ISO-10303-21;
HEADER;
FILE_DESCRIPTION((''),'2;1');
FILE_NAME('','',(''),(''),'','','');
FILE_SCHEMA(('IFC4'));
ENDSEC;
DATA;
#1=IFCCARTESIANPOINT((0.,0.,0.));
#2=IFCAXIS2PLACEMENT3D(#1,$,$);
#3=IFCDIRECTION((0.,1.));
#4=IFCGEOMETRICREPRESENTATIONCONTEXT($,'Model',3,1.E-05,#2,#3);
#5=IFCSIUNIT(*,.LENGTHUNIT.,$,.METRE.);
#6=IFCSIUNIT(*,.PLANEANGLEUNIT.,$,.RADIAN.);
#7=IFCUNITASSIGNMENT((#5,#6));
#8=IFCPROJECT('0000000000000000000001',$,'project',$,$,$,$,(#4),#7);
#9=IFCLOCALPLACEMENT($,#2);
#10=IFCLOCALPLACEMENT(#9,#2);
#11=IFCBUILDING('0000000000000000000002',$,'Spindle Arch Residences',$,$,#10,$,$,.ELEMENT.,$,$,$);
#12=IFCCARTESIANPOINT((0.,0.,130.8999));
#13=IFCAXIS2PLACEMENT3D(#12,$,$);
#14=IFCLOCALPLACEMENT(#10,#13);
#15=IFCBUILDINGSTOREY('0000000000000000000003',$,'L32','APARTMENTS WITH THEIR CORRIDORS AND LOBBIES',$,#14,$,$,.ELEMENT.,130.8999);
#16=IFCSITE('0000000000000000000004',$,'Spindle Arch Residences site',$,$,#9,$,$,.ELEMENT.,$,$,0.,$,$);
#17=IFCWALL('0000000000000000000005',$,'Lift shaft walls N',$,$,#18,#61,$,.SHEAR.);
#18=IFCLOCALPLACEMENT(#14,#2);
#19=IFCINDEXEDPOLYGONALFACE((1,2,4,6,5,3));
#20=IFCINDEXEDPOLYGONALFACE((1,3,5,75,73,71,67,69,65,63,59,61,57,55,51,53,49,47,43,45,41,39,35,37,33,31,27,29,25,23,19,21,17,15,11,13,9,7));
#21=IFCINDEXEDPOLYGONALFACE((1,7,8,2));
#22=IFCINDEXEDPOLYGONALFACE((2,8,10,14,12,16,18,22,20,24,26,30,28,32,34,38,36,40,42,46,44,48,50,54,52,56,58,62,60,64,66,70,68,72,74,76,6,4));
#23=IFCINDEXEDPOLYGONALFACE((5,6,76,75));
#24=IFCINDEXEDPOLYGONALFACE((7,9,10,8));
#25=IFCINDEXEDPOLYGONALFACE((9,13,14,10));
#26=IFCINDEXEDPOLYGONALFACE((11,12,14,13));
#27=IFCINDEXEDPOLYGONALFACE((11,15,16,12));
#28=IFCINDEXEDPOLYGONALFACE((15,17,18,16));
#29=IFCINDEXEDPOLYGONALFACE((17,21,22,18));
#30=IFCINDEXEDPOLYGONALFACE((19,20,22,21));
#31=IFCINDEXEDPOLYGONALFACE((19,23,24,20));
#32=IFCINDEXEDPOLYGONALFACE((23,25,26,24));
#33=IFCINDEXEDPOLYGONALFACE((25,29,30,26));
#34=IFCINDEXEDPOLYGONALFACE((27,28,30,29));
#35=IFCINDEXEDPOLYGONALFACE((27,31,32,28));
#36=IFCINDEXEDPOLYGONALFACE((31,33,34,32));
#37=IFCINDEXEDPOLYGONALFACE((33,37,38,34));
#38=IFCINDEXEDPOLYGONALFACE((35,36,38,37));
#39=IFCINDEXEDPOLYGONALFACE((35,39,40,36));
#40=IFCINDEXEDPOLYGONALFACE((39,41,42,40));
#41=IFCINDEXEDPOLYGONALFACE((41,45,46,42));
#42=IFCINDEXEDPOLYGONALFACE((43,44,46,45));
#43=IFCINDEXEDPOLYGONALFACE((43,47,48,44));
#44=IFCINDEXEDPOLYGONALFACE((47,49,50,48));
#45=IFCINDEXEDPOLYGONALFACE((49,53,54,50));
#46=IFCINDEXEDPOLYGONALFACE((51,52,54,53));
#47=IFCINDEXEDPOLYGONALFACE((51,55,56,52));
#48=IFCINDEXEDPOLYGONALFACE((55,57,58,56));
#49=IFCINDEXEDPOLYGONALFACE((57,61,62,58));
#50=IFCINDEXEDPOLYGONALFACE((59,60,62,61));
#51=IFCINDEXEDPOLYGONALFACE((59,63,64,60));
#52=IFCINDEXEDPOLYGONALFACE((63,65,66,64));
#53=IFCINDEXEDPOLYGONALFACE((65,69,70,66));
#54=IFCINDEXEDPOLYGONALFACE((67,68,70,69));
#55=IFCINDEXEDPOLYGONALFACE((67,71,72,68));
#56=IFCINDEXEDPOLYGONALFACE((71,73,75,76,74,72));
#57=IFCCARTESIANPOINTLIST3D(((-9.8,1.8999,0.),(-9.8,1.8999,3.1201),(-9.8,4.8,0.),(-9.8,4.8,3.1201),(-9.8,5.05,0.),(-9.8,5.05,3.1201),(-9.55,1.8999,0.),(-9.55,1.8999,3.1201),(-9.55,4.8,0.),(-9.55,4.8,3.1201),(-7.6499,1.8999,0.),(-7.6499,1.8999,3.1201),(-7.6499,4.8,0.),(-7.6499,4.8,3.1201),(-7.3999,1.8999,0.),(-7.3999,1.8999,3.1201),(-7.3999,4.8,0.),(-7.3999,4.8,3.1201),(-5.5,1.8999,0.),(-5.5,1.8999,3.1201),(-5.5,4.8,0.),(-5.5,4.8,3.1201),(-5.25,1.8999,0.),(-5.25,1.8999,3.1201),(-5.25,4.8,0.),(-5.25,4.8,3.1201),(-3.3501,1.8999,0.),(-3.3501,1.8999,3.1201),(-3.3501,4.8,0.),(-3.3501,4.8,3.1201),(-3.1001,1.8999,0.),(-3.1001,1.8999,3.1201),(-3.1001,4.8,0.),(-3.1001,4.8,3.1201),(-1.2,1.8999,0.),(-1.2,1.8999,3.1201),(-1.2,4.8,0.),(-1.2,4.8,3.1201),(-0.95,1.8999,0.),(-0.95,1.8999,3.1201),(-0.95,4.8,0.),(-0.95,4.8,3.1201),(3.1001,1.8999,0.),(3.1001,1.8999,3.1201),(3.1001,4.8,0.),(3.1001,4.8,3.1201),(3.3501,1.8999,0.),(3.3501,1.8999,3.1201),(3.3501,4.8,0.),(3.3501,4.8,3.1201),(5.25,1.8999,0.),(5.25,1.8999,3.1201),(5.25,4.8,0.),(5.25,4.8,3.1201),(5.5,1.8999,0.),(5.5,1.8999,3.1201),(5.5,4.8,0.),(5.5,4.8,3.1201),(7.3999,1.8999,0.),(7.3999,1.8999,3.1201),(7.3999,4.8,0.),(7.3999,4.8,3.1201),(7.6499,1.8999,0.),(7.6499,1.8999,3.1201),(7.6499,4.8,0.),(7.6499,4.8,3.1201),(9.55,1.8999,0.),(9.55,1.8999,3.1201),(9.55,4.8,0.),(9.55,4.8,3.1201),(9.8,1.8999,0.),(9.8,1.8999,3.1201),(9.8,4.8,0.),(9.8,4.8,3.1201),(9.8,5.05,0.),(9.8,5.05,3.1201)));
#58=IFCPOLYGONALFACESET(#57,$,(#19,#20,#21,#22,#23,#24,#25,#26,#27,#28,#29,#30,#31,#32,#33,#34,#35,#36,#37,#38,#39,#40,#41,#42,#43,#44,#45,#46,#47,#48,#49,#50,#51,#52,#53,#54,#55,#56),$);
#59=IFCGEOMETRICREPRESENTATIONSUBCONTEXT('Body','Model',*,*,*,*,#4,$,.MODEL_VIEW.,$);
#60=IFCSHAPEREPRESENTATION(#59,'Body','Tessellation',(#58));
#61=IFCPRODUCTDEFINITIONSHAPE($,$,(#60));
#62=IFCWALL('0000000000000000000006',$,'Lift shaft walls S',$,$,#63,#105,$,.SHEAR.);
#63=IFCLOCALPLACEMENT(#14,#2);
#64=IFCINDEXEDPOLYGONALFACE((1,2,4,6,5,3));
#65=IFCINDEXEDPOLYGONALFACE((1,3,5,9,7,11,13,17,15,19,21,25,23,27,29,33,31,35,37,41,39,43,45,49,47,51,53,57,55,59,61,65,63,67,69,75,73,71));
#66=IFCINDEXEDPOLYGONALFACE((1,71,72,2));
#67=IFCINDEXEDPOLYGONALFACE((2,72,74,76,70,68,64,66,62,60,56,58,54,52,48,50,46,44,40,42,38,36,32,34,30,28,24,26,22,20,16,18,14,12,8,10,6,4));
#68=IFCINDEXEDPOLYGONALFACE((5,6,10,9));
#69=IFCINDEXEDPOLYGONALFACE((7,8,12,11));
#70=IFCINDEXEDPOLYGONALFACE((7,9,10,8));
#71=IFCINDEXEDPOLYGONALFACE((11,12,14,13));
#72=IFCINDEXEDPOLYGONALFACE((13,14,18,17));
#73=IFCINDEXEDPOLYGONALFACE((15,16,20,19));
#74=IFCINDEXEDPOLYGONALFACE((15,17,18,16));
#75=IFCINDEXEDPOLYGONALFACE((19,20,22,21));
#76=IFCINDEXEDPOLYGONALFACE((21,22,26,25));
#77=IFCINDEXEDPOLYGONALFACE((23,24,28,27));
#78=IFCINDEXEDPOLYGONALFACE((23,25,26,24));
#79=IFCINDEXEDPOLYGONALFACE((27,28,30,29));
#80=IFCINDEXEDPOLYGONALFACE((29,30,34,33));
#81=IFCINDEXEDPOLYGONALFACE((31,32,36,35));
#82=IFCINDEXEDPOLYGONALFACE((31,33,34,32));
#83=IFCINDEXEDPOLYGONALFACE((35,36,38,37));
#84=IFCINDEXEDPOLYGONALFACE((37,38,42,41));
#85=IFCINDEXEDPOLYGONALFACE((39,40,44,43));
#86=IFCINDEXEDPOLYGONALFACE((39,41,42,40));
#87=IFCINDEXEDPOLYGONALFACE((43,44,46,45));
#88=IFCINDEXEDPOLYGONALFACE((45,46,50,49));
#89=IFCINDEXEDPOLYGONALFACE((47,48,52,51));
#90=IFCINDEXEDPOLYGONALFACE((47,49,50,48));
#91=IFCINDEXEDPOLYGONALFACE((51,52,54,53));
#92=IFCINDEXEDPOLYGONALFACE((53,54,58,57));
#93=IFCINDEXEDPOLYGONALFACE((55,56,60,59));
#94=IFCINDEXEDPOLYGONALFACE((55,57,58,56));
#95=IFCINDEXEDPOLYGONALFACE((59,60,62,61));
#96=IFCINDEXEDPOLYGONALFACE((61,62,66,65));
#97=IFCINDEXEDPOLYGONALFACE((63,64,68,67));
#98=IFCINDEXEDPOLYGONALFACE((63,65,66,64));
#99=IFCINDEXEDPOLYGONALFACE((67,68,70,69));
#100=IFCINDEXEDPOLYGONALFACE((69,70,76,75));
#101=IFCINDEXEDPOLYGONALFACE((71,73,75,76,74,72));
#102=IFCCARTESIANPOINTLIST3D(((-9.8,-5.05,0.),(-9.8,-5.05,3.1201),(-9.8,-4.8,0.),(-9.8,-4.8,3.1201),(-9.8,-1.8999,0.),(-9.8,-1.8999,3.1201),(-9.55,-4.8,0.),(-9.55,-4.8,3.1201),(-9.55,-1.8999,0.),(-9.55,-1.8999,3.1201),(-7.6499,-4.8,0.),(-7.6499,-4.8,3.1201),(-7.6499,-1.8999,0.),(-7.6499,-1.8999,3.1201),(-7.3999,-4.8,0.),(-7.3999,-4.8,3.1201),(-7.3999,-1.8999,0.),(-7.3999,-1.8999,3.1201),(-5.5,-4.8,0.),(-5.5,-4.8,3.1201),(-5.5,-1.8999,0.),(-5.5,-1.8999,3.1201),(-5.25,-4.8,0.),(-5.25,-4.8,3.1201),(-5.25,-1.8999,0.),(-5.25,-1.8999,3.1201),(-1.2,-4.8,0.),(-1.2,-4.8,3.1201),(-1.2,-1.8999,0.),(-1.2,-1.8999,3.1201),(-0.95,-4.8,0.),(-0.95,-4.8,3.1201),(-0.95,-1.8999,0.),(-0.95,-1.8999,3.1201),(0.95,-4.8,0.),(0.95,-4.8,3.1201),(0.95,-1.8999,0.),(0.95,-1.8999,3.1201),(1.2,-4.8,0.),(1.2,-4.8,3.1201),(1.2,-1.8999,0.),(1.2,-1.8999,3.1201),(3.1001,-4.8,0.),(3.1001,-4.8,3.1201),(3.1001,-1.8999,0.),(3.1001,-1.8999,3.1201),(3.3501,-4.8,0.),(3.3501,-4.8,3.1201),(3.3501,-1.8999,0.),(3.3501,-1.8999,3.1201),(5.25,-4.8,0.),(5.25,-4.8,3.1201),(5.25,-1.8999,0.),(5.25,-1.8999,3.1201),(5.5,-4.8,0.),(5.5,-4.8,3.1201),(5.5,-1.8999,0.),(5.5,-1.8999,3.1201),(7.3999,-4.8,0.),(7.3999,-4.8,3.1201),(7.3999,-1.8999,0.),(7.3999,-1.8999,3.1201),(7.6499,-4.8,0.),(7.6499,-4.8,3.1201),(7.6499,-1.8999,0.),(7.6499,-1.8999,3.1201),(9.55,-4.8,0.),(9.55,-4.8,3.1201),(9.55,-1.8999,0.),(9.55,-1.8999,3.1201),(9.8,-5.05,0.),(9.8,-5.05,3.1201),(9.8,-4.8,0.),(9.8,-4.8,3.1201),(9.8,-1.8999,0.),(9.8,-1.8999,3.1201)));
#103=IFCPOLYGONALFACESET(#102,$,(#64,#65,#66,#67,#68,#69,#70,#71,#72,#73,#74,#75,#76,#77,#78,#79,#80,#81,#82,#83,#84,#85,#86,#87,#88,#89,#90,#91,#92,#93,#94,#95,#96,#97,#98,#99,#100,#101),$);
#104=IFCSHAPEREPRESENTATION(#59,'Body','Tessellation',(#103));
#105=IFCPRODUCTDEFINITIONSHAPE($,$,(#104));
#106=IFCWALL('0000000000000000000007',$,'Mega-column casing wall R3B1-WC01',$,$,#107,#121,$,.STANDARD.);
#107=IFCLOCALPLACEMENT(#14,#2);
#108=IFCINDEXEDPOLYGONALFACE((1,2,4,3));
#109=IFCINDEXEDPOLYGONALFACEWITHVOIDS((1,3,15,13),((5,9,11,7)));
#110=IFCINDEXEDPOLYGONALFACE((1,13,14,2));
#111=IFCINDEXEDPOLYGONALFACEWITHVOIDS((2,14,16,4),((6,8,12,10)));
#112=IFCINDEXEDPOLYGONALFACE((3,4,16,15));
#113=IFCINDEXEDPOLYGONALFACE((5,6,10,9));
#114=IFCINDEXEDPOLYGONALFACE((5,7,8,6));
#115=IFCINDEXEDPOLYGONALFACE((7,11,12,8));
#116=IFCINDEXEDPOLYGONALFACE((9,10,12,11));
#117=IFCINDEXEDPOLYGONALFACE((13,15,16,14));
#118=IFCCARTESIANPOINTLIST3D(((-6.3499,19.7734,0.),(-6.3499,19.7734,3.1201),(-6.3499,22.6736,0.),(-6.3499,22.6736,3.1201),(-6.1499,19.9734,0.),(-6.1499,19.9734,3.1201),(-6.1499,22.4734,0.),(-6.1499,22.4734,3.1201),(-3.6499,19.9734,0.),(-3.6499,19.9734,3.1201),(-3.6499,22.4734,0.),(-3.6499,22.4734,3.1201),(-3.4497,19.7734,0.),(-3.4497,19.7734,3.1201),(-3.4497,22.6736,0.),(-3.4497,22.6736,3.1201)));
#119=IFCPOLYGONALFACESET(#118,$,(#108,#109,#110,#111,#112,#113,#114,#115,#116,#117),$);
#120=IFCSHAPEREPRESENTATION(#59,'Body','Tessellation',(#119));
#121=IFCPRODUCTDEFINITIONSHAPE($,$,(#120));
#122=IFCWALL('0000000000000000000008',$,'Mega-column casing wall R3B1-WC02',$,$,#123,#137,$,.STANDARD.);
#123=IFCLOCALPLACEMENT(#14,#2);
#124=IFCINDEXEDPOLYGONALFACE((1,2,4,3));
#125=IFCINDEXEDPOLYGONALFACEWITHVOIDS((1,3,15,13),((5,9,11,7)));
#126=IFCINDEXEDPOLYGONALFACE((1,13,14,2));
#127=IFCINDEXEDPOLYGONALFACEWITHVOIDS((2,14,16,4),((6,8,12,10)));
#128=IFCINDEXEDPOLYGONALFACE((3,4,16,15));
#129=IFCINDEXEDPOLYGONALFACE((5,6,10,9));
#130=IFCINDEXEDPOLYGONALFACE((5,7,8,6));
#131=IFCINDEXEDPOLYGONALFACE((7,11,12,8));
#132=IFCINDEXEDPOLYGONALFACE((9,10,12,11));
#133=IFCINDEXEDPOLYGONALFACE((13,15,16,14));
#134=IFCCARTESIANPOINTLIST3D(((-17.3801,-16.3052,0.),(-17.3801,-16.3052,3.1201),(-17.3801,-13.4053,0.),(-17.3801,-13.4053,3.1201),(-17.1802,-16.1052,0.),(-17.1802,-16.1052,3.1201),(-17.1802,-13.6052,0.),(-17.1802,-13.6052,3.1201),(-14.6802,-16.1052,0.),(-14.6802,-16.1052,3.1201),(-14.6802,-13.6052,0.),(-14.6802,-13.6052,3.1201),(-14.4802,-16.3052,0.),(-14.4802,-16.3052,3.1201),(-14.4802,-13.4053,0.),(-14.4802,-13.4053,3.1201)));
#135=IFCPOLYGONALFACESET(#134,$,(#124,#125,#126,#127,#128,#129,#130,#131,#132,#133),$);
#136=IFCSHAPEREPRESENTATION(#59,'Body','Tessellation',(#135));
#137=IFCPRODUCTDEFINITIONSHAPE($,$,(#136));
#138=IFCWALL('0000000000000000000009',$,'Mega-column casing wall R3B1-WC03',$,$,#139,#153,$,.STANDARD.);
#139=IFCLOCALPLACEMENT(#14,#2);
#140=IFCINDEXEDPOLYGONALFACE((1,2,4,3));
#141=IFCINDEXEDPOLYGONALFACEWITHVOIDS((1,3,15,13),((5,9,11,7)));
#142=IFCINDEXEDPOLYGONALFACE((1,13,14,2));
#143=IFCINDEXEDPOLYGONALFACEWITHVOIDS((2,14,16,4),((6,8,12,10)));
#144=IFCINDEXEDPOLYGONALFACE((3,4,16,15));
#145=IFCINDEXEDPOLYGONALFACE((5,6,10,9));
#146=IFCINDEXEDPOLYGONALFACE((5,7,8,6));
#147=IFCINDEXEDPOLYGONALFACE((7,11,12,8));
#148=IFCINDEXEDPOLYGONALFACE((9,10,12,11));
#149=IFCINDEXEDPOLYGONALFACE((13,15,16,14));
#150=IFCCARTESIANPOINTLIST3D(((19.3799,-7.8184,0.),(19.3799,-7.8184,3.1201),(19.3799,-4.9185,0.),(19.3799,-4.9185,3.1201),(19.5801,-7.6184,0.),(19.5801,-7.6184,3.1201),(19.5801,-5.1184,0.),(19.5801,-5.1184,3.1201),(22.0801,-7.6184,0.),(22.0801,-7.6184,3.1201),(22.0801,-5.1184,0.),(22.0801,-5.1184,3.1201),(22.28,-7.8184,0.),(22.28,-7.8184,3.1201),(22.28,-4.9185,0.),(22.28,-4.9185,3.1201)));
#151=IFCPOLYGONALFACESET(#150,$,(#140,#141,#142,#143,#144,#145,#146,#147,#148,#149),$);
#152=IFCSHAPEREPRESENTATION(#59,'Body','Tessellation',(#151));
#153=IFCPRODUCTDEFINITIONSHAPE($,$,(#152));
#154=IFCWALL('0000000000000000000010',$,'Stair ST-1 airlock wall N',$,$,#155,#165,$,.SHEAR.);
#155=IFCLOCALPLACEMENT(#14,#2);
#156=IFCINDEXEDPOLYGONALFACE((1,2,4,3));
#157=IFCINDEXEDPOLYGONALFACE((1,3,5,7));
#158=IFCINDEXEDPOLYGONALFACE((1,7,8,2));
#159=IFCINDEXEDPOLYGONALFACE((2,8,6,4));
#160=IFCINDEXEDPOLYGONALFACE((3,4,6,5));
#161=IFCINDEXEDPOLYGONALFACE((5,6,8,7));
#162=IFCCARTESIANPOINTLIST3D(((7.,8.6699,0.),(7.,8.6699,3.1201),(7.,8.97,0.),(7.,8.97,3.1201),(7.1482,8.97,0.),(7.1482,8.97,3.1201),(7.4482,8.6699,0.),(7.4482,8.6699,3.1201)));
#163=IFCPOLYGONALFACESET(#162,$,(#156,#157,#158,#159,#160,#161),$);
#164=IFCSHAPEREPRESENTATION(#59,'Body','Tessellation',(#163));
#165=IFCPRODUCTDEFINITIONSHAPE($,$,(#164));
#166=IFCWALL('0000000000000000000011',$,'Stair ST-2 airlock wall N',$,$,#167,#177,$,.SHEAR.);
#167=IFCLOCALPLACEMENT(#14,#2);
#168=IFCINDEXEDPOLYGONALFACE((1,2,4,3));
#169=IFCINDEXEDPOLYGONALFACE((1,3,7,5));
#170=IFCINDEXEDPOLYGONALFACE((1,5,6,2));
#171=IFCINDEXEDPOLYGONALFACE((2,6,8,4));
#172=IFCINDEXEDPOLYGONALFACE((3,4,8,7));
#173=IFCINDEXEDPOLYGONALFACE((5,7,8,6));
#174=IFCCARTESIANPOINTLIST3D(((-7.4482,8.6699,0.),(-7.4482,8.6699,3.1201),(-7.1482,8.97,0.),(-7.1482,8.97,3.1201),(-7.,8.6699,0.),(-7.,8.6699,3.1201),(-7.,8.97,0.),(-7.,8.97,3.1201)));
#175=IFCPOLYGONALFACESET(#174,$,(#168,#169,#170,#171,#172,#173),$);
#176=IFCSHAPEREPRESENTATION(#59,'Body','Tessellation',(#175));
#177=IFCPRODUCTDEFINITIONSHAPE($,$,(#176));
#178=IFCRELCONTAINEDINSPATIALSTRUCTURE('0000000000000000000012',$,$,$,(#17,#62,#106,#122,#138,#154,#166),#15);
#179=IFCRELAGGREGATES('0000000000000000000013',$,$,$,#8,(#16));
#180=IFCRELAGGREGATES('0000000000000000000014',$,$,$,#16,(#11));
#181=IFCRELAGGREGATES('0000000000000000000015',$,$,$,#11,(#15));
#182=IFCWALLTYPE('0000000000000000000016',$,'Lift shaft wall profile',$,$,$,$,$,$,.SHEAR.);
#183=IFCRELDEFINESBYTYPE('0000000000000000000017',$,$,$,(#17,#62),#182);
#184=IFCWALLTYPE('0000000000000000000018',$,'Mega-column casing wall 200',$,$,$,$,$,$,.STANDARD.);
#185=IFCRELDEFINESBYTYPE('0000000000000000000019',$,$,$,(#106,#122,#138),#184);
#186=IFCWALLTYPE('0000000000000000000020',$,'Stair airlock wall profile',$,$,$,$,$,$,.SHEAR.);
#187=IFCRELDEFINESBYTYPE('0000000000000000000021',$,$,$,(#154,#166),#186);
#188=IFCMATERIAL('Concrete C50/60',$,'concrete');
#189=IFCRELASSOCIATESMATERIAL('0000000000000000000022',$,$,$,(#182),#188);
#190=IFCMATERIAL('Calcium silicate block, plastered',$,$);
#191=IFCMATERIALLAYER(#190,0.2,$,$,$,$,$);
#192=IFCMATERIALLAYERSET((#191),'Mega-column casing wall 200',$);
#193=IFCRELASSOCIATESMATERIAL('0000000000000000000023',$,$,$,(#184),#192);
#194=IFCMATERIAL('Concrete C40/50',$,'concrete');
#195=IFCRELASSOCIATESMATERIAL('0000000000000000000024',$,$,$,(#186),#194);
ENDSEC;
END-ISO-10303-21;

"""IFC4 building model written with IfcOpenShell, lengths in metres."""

from ifc_helpers import new_model, si_unit, direction, frame, origin, place, context, subcontext, project, spatial, polyline, outline, extrude, material, layer, layer_set, type_object, element, save


model = new_model("IFC4")

# Units and contexts
model_context = context("Model", 3, precision=1e-05, world=origin(), true_north=direction((0.0, 1.0)))
body_context = subcontext(model_context, "Body", "Model", "MODEL_VIEW")
ifc_project = project(units=[si_unit("LENGTHUNIT", "METRE"), si_unit("PLANEANGLEUNIT", "RADIAN")], contexts=[model_context])

# Site, building, storey
site_placement = place(None, origin())
site = spatial("IfcSite", under=ifc_project, at=site_placement, Name="Spindle Arch Residences site", CompositionType="ELEMENT", RefElevation=0.0)
building_placement = place(site_placement, origin())
building = spatial("IfcBuilding", under=site, at=building_placement, Name="Spindle Arch Residences", CompositionType="ELEMENT")
storey_placement = place(building_placement, frame((0.0, 0.0, 130.8999)))
storey = spatial("IfcBuildingStorey", under=building, at=storey_placement, Name="L32", Description="APARTMENTS WITH THEIR CORRIDORS AND LOBBIES", CompositionType="ELEMENT", Elevation=130.8999)

# Walls
ifc_material_1 = material(Name="Concrete C50/60", Category="concrete")
wall_type_1 = type_object("IfcWallType", Name="Lift shaft wall profile", PredefinedType="SHEAR", material=ifc_material_1)
wall_1_placement = place(storey_placement, origin())
element("IfcWall", 1, at=wall_1_placement, inside=storey, type_object=wall_type_1, Name="Lift shaft walls N", PredefinedType="SHEAR", context=body_context, shape_type="SweptSolid", body=[
    extrude(outline(polyline([(-9.55, 4.8), (-7.6499, 4.8), (-7.6499, 1.8999), (-7.3999, 1.8999), (-7.3999, 4.8), (-5.5, 4.8), (-5.5, 1.8999), (-5.25, 1.8999), (-5.25, 4.8), (-3.3501, 4.8), (-3.3501, 1.8999), (-3.1001, 1.8999), (-3.1001, 4.8), (-1.2, 4.8), (-1.2, 1.8999), (-0.95, 1.8999), (-0.95, 4.8), (3.1001, 4.8), (3.1001, 1.8999), (3.3501, 1.8999), (3.3501, 4.8), (5.25, 4.8), (5.25, 1.8999), (5.5, 1.8999), (5.5, 4.8), (7.3999, 4.8), (7.3999, 1.8999), (7.6499, 1.8999), (7.6499, 4.8), (9.55, 4.8), (9.55, 1.8999), (9.8, 1.8999), (9.8, 4.8), (9.8, 5.05), (-9.8, 5.05), (-9.8, 4.8), (-9.8, 1.8999), (-9.55, 1.8999), (-9.55, 4.8)])), origin(), (0.0, 0.0, 1.0), 3.1201),
])
wall_2_placement = place(storey_placement, origin())
element("IfcWall", 2, at=wall_2_placement, inside=storey, type_object=wall_type_1, Name="Lift shaft walls S", PredefinedType="SHEAR", context=body_context, shape_type="SweptSolid", body=[
    extrude(outline(polyline([(9.8, -5.05), (9.8, -4.8), (9.8, -1.8999), (9.55, -1.8999), (9.55, -4.8), (7.6499, -4.8), (7.6499, -1.8999), (7.3999, -1.8999), (7.3999, -4.8), (5.5, -4.8), (5.5, -1.8999), (5.25, -1.8999), (5.25, -4.8), (3.3501, -4.8), (3.3501, -1.8999), (3.1001, -1.8999), (3.1001, -4.8), (1.2, -4.8), (1.2, -1.8999), (0.95, -1.8999), (0.95, -4.8), (-0.95, -4.8), (-0.95, -1.8999), (-1.2, -1.8999), (-1.2, -4.8), (-5.25, -4.8), (-5.25, -1.8999), (-5.5, -1.8999), (-5.5, -4.8), (-7.3999, -4.8), (-7.3999, -1.8999), (-7.6499, -1.8999), (-7.6499, -4.8), (-9.55, -4.8), (-9.55, -1.8999), (-9.8, -1.8999), (-9.8, -4.8), (-9.8, -5.05), (9.8, -5.05)])), origin(), (0.0, 0.0, 1.0), 3.1201),
])
ifc_material_2 = material(Name="Calcium silicate block, plastered")
ifc_layer_1 = layer(ifc_material_2, 0.2)
ifc_layer_set_1 = layer_set([ifc_layer_1], Name="Mega-column casing wall 200")
wall_type_2 = type_object("IfcWallType", Name="Mega-column casing wall 200", PredefinedType="STANDARD", material=ifc_layer_set_1)
wall_3_placement = place(storey_placement, origin())
element("IfcWall", 3, at=wall_3_placement, inside=storey, type_object=wall_type_2, Name="Mega-column casing wall R3B1-WC01", PredefinedType="STANDARD", context=body_context, shape_type="SweptSolid", body=[
    extrude(outline(polyline([(-3.4497, 22.6736), (-3.4497, 19.7734), (-6.3499, 19.7734), (-6.3499, 22.6736), (-3.4497, 22.6736)]), holes=[polyline([(-6.1499, 19.9734), (-3.6499, 19.9734), (-3.6499, 22.4734), (-6.1499, 22.4734), (-6.1499, 19.9734)])]), origin(), (0.0, 0.0, 1.0), 3.1201),
])
wall_4_placement = place(storey_placement, origin())
element("IfcWall", 4, at=wall_4_placement, inside=storey, type_object=wall_type_2, Name="Mega-column casing wall R3B1-WC02", PredefinedType="STANDARD", context=body_context, shape_type="SweptSolid", body=[
    extrude(outline(polyline([(-14.4802, -13.4053), (-14.4802, -16.3052), (-17.3801, -16.3052), (-17.3801, -13.4053), (-14.4802, -13.4053)]), holes=[polyline([(-17.1802, -16.1052), (-14.6802, -16.1052), (-14.6802, -13.6052), (-17.1802, -13.6052), (-17.1802, -16.1052)])]), origin(), (0.0, 0.0, 1.0), 3.1201),
])
wall_5_placement = place(storey_placement, origin())
element("IfcWall", 5, at=wall_5_placement, inside=storey, type_object=wall_type_2, Name="Mega-column casing wall R3B1-WC03", PredefinedType="STANDARD", context=body_context, shape_type="SweptSolid", body=[
    extrude(outline(polyline([(22.28, -4.9185), (22.28, -7.8184), (19.3799, -7.8184), (19.3799, -4.9185), (22.28, -4.9185)]), holes=[polyline([(19.5801, -7.6184), (22.0801, -7.6184), (22.0801, -5.1184), (19.5801, -5.1184), (19.5801, -7.6184)])]), origin(), (0.0, 0.0, 1.0), 3.1201),
])
ifc_material_3 = material(Name="Concrete C40/50", Category="concrete")
wall_type_3 = type_object("IfcWallType", Name="Stair airlock wall profile", PredefinedType="SHEAR", material=ifc_material_3)
wall_6_placement = place(storey_placement, origin())
element("IfcWall", 6, at=wall_6_placement, inside=storey, type_object=wall_type_3, Name="Stair ST-1 airlock wall N", PredefinedType="SHEAR", context=body_context, shape_type="SweptSolid", body=[
    extrude(outline(polyline([(7.4482, 8.6699), (7.0, 8.6699), (7.0, 8.97), (7.1482, 8.97), (7.4482, 8.6699)])), origin(), (0.0, 0.0, 1.0), 3.1201),
])
wall_7_placement = place(storey_placement, origin())
element("IfcWall", 7, at=wall_7_placement, inside=storey, type_object=wall_type_3, Name="Stair ST-2 airlock wall N", PredefinedType="SHEAR", context=body_context, shape_type="SweptSolid", body=[
    extrude(outline(polyline([(-7.1482, 8.97), (-7.0, 8.97), (-7.0, 8.6699), (-7.4482, 8.6699), (-7.1482, 8.97)])), origin(), (0.0, 0.0, 1.0), 3.1201),
])

save(model, "model.ifc")
